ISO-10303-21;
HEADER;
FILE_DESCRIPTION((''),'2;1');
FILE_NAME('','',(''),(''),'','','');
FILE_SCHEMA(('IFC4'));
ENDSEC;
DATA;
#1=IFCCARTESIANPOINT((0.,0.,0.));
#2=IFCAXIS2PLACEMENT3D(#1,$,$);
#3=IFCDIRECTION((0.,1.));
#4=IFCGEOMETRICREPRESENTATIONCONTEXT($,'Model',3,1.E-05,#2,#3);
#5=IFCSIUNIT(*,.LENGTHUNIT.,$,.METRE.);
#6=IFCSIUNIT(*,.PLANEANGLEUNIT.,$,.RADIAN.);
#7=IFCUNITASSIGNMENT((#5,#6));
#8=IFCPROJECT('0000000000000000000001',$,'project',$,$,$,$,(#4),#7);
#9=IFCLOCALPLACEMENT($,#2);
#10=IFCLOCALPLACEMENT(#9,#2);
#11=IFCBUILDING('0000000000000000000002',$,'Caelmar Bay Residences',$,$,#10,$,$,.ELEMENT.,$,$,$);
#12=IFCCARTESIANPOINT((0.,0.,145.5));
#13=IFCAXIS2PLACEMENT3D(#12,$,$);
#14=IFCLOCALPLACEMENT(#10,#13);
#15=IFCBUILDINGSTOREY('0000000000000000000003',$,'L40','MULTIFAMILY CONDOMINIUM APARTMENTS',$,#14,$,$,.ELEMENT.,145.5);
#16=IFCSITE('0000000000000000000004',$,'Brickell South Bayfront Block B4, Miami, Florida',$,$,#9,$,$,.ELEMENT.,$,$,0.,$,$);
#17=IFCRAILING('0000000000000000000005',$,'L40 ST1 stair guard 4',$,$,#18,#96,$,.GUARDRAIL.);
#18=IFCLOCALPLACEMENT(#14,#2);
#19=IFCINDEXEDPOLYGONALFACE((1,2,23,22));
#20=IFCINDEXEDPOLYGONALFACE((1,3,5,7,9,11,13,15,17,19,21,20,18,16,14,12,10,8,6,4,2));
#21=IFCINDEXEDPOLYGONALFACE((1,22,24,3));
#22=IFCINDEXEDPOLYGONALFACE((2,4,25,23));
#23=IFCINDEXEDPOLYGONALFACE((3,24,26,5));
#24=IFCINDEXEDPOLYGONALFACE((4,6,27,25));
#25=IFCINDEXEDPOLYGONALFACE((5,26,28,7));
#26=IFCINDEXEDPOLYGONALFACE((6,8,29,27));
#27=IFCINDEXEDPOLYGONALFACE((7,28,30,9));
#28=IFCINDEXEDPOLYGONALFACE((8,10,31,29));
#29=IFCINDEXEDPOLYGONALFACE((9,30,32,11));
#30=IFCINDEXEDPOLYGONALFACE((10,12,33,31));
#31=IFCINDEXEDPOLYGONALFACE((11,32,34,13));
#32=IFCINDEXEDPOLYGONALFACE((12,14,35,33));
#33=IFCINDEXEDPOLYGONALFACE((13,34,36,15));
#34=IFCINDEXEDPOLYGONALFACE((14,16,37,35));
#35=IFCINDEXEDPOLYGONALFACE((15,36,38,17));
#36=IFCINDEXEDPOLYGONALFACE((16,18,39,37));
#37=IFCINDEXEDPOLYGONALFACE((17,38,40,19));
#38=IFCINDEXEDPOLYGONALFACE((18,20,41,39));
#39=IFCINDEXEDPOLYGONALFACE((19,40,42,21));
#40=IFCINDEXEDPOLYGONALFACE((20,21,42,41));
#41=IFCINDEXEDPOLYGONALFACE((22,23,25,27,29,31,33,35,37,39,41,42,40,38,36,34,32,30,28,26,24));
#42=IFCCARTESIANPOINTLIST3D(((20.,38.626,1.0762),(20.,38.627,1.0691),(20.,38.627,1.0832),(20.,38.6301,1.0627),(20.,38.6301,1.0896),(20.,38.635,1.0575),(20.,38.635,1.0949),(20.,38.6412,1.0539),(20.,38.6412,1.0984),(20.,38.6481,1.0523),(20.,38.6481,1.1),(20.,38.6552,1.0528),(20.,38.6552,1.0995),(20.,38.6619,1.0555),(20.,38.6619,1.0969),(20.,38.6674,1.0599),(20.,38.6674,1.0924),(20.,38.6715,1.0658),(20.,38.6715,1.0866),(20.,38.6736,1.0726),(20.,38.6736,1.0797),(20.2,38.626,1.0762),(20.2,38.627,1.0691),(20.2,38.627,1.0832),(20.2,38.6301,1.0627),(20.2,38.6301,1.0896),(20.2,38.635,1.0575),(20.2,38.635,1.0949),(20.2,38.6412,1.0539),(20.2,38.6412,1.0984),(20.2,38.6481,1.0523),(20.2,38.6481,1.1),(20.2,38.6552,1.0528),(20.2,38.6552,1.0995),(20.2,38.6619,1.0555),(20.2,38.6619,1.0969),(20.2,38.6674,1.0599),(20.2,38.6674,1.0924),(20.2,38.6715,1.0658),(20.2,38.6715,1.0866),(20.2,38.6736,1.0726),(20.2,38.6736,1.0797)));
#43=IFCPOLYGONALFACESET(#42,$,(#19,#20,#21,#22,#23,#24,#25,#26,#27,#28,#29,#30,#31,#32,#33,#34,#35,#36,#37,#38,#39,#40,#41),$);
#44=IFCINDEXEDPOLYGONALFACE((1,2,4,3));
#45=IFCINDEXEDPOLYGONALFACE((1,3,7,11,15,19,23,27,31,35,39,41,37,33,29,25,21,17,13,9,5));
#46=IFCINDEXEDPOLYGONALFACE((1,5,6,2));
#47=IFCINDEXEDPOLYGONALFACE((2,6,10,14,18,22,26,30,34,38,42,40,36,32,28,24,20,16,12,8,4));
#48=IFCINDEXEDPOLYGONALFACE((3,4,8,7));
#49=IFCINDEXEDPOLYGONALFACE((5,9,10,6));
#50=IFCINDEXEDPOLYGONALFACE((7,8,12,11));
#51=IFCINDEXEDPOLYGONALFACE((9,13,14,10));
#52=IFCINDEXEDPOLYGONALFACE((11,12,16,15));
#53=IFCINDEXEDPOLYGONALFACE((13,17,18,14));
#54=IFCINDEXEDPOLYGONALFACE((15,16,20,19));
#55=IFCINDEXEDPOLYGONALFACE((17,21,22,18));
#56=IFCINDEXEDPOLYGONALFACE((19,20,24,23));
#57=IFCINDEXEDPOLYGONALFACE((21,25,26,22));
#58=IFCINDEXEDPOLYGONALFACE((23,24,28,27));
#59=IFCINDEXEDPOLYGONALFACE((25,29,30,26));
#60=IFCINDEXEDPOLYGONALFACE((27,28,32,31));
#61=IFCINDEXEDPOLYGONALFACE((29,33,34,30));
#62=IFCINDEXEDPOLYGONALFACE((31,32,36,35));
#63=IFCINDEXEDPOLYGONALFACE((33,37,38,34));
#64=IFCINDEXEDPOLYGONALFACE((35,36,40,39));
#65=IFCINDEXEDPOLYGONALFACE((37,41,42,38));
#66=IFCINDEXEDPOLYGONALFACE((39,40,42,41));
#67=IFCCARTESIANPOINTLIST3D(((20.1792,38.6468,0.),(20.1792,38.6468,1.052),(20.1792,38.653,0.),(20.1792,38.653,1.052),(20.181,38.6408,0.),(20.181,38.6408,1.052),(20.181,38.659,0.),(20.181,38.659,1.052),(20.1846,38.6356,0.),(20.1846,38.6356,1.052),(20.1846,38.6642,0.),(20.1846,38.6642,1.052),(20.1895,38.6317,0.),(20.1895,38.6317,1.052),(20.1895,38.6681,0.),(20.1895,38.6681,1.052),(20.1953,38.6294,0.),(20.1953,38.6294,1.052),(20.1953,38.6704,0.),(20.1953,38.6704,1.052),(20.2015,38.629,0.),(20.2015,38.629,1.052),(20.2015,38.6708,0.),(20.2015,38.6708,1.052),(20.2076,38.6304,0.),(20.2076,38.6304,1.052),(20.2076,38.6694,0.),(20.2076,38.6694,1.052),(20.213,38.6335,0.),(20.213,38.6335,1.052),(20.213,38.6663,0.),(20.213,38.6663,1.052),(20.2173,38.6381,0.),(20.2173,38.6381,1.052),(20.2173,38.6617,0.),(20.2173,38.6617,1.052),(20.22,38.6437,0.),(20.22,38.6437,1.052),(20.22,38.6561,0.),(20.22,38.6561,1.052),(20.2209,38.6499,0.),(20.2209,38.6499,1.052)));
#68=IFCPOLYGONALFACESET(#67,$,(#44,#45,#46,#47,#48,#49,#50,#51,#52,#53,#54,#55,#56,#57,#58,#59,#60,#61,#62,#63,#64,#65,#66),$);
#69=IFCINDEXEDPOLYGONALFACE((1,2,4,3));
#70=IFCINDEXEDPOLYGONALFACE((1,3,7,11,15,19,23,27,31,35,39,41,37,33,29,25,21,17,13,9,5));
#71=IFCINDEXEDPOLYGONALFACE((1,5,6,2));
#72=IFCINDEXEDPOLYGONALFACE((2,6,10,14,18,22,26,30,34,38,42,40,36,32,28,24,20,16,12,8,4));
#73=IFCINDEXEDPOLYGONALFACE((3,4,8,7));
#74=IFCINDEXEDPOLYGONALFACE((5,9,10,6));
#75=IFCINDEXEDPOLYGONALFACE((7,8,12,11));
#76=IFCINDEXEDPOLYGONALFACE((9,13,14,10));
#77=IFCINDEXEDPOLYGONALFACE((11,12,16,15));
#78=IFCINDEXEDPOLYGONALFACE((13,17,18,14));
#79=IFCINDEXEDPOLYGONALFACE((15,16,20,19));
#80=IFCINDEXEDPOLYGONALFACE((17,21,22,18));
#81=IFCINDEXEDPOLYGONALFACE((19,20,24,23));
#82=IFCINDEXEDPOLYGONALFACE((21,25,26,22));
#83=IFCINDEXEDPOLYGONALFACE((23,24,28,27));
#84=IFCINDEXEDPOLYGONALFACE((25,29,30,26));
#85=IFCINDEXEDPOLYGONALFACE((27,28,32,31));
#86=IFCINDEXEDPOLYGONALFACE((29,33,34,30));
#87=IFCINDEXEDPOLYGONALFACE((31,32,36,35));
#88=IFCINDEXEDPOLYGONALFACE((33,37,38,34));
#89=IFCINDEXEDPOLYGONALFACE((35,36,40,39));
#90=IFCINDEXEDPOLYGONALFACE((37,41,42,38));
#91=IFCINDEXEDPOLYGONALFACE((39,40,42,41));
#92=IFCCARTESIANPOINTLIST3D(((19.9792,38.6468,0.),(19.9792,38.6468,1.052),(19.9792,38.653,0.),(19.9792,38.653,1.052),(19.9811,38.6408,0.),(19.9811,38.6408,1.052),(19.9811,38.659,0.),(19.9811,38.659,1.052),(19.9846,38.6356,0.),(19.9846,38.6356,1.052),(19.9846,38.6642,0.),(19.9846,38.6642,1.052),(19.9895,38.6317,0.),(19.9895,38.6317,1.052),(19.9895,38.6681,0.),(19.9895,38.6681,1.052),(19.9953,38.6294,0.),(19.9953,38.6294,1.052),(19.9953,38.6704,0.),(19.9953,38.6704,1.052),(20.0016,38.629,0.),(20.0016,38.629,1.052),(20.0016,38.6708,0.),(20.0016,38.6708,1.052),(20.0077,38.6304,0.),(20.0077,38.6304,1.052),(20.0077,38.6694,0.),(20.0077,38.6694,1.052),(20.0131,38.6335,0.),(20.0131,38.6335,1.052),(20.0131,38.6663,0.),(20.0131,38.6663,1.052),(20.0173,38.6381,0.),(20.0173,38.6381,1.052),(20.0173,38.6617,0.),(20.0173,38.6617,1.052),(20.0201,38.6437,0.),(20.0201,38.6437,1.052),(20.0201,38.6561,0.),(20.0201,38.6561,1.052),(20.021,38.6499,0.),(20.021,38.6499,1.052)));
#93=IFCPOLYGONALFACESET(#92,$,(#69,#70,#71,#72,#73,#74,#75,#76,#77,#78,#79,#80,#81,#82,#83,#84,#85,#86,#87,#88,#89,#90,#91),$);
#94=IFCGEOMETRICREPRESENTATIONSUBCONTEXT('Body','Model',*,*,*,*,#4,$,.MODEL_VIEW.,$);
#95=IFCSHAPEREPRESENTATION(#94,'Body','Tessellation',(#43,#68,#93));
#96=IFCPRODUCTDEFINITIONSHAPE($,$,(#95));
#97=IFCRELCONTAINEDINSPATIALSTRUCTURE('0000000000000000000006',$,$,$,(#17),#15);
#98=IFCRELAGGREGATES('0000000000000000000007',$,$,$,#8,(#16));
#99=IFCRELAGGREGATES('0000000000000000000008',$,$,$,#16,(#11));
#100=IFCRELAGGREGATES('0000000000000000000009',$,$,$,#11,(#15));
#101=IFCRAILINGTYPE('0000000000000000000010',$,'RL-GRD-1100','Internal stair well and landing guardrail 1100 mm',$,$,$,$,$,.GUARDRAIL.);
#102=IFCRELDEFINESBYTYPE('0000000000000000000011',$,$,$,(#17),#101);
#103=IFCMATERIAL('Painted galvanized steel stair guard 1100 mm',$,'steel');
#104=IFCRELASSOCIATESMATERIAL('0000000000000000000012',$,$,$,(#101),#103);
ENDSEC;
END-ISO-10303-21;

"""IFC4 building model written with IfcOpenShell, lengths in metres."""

from ifc_helpers import new_model, si_unit, direction, frame, origin, origin_2d, place, context, subcontext, project, spatial, circle, extrude, material, type_object, element, save


model = new_model("IFC4")

# Units and contexts
model_context = context("Model", 3, precision=1e-05, world=origin(), true_north=direction((0.0, 1.0)))
body_context = subcontext(model_context, "Body", "Model", "MODEL_VIEW")
ifc_project = project(units=[si_unit("LENGTHUNIT", "METRE"), si_unit("PLANEANGLEUNIT", "RADIAN")], contexts=[model_context])

# Site, building, storey
site_placement = place(None, origin())
site = spatial("IfcSite", under=ifc_project, at=site_placement, Name="Brickell South Bayfront Block B4, Miami, Florida", CompositionType="ELEMENT", RefElevation=0.0)
building_placement = place(site_placement, origin())
building = spatial("IfcBuilding", under=site, at=building_placement, Name="Caelmar Bay Residences", CompositionType="ELEMENT")
storey_placement = place(building_placement, frame((0.0, 0.0, 145.5)))
storey = spatial("IfcBuildingStorey", under=building, at=storey_placement, Name="L40", Description="MULTIFAMILY CONDOMINIUM APARTMENTS", CompositionType="ELEMENT", Elevation=145.5)

# Railing
ifc_material_1 = material(Name="Painted galvanized steel stair guard 1100 mm", Category="steel")
railing_type_1 = type_object("IfcRailingType", Name="RL-GRD-1100", Description="Internal stair well and landing guardrail 1100 mm", PredefinedType="GUARDRAIL", material=ifc_material_1)
railing_1_placement = place(storey_placement, frame((20.2, 38.6499, 0.0)))
element("IfcRailing", 1, at=railing_1_placement, inside=storey, type_object=railing_type_1, Name="L40 ST1 stair guard 4", PredefinedType="GUARDRAIL", context=body_context, shape_type="SweptSolid", body=[
    extrude(circle(Radius=0.0239, at=origin_2d()), frame((0.0, 0.0, 1.0762), z_axis=(-1.0, 0.0, 0.0), x_axis=(0.0, -1.0, 0.0)), (0.0, 0.0, 1.0), 0.2),
    extrude(circle(Radius=0.021, at=origin_2d()), origin(), (0.0, 0.0, 1.0), 1.052),
    extrude(circle(Radius=0.021, at=origin_2d()), frame((-0.2, 0.0, 0.0)), (0.0, 0.0, 1.0), 1.052),
])

save(model, "model.ifc")
